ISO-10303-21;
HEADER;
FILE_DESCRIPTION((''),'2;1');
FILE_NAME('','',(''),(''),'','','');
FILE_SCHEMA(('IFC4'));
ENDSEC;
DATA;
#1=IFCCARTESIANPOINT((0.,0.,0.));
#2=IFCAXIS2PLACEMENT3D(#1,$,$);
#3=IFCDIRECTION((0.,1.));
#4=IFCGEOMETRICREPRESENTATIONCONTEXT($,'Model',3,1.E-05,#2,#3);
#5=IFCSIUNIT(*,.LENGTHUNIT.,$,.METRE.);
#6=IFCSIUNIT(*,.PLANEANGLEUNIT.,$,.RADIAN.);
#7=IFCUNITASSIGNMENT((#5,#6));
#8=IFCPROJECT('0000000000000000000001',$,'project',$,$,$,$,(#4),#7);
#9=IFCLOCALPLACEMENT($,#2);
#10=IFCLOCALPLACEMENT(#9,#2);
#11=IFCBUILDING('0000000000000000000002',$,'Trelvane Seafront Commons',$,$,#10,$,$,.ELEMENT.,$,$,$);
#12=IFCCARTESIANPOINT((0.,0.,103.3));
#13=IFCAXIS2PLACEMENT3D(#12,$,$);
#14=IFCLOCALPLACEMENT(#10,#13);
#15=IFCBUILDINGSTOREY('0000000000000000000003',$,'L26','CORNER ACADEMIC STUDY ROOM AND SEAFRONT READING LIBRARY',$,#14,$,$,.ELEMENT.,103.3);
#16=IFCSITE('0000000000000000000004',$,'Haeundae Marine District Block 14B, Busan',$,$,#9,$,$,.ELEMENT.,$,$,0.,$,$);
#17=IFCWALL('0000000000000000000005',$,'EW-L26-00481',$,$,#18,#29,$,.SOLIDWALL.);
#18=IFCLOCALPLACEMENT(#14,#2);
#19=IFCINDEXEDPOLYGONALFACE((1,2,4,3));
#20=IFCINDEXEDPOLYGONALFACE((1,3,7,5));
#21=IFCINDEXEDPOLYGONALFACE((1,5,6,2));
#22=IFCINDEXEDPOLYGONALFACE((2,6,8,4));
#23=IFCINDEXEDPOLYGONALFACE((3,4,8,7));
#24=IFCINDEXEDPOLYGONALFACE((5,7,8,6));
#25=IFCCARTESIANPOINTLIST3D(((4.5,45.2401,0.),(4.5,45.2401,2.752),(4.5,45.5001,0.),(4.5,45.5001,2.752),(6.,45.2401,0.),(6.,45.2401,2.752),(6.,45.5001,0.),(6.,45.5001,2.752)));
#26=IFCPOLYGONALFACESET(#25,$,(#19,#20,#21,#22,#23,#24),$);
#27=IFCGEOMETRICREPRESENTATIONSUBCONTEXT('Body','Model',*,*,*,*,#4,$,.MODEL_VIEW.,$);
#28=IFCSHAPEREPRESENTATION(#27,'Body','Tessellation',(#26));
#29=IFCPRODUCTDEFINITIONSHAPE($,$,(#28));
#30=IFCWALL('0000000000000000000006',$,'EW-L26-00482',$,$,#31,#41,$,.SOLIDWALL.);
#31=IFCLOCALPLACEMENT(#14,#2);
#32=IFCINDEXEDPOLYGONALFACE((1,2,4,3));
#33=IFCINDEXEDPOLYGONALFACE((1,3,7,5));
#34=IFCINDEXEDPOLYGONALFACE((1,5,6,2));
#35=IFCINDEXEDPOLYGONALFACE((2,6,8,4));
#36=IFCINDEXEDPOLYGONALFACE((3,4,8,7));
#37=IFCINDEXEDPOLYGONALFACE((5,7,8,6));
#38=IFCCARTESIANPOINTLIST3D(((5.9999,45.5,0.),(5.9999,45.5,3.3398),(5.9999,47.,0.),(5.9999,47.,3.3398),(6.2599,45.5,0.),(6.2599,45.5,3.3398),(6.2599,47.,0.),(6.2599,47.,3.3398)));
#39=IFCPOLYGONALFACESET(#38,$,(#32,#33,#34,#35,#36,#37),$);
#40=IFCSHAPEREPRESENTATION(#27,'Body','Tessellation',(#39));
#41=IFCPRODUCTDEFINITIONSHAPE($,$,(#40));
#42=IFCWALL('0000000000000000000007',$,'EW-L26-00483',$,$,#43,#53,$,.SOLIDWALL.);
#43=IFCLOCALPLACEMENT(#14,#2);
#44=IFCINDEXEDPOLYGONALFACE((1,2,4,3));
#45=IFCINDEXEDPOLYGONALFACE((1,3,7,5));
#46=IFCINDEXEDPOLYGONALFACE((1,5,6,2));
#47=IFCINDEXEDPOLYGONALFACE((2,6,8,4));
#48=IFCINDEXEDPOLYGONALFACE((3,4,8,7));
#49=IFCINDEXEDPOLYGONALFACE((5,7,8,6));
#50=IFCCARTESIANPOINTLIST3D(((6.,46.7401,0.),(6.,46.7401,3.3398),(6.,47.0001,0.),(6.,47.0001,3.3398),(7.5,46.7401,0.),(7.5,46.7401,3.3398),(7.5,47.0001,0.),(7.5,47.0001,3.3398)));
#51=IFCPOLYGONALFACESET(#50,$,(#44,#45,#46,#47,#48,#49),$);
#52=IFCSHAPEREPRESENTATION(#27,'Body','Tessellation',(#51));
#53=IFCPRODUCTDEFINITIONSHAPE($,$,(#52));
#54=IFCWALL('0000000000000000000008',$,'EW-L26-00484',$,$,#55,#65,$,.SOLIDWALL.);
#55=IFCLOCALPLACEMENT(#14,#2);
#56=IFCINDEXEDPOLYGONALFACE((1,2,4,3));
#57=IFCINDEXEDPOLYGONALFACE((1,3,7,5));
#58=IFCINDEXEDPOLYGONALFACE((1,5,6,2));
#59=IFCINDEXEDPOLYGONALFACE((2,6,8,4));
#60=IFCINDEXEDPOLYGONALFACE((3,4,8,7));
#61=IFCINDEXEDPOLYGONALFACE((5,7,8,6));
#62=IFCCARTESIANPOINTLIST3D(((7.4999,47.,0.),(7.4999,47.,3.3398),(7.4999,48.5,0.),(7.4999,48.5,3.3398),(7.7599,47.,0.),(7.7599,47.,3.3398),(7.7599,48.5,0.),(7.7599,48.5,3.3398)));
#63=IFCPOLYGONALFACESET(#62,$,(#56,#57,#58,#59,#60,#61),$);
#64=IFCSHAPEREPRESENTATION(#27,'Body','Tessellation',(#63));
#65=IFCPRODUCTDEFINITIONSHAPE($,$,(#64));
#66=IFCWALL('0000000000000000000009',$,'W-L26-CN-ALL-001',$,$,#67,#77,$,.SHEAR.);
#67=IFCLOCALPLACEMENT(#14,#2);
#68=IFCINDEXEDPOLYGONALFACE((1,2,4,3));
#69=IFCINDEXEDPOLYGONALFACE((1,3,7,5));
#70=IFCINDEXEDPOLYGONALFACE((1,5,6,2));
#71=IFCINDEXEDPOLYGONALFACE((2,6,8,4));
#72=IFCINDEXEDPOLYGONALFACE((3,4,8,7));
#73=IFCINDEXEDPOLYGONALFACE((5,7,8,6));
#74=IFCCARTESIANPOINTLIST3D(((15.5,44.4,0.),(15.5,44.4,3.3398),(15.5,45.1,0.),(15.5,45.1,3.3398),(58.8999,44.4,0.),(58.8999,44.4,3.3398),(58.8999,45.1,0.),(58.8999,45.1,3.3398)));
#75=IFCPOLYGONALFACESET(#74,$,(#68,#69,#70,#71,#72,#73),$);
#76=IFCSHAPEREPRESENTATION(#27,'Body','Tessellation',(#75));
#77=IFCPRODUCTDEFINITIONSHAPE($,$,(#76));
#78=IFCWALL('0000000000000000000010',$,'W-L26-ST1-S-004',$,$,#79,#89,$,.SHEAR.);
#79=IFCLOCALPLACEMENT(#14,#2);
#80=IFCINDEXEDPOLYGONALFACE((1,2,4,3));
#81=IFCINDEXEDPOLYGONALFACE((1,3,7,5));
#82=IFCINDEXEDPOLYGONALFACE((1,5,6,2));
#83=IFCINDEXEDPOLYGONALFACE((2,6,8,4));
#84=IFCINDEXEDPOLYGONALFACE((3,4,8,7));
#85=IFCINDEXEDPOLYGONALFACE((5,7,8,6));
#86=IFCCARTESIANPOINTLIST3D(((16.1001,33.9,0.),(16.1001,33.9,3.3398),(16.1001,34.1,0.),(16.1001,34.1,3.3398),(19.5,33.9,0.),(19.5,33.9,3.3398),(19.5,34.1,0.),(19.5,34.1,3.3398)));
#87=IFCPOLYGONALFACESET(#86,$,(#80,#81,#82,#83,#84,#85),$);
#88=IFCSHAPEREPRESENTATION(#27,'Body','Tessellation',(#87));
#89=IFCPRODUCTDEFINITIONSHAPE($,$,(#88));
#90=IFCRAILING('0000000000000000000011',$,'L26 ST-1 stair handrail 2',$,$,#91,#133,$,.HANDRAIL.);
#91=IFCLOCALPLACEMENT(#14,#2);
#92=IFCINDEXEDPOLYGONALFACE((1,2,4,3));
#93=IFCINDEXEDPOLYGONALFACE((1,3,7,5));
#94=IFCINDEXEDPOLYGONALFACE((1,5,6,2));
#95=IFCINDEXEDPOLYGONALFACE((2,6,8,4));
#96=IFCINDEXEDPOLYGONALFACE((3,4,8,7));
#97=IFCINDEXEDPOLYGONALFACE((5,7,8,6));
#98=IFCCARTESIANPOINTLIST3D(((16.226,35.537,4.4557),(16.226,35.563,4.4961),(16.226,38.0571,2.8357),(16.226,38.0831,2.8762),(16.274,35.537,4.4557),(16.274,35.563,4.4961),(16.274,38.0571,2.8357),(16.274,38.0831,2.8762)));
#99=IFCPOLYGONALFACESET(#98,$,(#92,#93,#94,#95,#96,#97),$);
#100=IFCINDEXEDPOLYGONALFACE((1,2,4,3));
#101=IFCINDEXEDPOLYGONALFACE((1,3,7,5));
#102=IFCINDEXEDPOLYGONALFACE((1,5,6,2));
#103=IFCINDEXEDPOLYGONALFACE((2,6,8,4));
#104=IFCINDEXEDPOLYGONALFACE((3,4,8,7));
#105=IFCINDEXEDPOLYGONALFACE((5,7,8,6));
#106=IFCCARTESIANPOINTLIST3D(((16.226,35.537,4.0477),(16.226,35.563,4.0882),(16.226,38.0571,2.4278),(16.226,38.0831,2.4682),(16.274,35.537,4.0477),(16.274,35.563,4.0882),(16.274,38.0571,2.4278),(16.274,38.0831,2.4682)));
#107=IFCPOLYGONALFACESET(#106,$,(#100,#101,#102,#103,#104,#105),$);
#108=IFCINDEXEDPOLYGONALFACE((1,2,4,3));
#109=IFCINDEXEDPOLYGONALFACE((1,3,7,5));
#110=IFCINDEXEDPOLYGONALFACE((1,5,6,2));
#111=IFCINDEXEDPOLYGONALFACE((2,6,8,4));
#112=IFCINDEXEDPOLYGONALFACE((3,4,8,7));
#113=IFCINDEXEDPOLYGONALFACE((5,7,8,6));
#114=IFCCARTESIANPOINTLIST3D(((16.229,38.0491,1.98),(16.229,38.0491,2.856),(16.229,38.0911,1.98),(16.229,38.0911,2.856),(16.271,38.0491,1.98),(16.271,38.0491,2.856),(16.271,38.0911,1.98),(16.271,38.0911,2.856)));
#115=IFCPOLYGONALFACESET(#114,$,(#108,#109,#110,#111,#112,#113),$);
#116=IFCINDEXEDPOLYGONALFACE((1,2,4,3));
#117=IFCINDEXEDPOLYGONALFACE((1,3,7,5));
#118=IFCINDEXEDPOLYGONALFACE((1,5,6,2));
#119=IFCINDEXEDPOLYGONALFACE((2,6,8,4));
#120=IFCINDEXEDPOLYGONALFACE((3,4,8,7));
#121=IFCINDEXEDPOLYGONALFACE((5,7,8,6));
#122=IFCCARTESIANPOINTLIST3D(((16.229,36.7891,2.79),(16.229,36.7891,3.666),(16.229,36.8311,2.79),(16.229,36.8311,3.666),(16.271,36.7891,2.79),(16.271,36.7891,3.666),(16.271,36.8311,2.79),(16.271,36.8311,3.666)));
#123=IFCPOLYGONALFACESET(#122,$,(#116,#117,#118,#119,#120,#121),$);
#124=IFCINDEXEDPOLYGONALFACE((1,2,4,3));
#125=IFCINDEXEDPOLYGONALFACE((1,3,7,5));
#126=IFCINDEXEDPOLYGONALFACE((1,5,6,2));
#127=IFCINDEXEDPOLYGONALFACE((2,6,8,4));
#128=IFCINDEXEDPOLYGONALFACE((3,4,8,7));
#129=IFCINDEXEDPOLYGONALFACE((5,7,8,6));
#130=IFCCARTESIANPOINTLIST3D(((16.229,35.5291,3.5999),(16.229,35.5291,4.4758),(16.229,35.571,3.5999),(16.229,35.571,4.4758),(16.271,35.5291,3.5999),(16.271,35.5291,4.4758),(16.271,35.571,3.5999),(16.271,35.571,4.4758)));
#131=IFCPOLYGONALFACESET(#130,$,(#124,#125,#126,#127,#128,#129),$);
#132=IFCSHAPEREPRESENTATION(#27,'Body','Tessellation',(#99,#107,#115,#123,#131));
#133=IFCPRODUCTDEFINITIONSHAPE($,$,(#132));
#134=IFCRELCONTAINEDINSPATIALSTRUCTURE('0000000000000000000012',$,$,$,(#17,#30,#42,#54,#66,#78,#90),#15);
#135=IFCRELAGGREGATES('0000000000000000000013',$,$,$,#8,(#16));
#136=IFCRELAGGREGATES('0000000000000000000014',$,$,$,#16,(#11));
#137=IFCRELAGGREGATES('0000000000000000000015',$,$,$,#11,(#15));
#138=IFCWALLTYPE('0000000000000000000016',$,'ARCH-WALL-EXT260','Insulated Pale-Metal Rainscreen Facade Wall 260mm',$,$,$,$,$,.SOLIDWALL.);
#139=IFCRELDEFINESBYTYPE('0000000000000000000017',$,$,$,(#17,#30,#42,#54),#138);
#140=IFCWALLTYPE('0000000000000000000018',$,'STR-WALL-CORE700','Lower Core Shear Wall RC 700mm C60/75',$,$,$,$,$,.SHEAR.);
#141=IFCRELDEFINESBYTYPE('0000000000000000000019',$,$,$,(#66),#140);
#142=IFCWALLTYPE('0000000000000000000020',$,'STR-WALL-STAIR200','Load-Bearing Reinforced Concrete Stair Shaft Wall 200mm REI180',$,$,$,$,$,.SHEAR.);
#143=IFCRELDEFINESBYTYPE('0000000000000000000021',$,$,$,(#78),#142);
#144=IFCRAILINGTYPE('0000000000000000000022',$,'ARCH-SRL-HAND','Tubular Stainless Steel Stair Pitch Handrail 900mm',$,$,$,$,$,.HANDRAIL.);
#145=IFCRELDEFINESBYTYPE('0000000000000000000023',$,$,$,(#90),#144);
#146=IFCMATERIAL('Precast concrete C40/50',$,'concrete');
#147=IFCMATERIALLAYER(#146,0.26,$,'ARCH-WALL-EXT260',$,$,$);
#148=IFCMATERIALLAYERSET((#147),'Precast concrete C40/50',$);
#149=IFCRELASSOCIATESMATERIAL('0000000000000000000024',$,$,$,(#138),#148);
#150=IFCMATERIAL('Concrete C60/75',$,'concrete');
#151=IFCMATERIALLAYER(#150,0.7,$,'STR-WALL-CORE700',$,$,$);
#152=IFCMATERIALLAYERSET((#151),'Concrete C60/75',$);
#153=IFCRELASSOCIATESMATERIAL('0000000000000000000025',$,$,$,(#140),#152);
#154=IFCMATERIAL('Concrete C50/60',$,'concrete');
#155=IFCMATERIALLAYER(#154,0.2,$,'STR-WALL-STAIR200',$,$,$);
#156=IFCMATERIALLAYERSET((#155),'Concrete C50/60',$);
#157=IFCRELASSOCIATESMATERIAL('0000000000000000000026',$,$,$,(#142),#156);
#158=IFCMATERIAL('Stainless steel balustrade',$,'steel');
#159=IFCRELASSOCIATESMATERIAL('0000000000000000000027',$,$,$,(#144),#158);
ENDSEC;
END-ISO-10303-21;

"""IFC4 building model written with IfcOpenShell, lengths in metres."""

from ifc_helpers import new_model, si_unit, direction, frame, frame_2d, origin, origin_2d, place, context, subcontext, project, spatial, rectangle, extrude, material, layer, layer_set, type_object, element, save


model = new_model("IFC4")

# Units and contexts
model_context = context("Model", 3, precision=1e-05, world=origin(), true_north=direction((0.0, 1.0)))
body_context = subcontext(model_context, "Body", "Model", "MODEL_VIEW")
ifc_project = project(units=[si_unit("LENGTHUNIT", "METRE"), si_unit("PLANEANGLEUNIT", "RADIAN")], contexts=[model_context])

# Site, building, storey
site_placement = place(None, origin())
site = spatial("IfcSite", under=ifc_project, at=site_placement, Name="Haeundae Marine District Block 14B, Busan", CompositionType="ELEMENT", RefElevation=0.0)
building_placement = place(site_placement, origin())
building = spatial("IfcBuilding", under=site, at=building_placement, Name="Trelvane Seafront Commons", CompositionType="ELEMENT")
storey_placement = place(building_placement, frame((0.0, 0.0, 103.3)))
storey = spatial("IfcBuildingStorey", under=building, at=storey_placement, Name="L26", Description="CORNER ACADEMIC STUDY ROOM AND SEAFRONT READING LIBRARY", CompositionType="ELEMENT", Elevation=103.3)

# Shared definitions
ifc_material_1 = material(Name="Concrete C60/75", Category="concrete")

# Shared definitions
ifc_material_2 = material(Name="Precast concrete C40/50", Category="concrete")
ifc_layer_1 = layer(ifc_material_2, 0.26, Name="ARCH-WALL-EXT260")
ifc_layer_set_1 = layer_set([ifc_layer_1], Name="Precast concrete C40/50")
wall_type_1 = type_object("IfcWallType", Name="ARCH-WALL-EXT260", Description="Insulated Pale-Metal Rainscreen Facade Wall 260mm", PredefinedType="SOLIDWALL", material=ifc_layer_set_1)

# Walls
wall_1_placement = place(storey_placement, frame((4.5, 45.3701, 0.0), z_axis=(0.0, 0.0, 1.0), x_axis=(1.0, 0.0, 0.0)))
element("IfcWall", 1, at=wall_1_placement, inside=storey, type_object=wall_type_1, Name="EW-L26-00481", PredefinedType="SOLIDWALL", context=body_context, shape_type="SweptSolid", body=[
    extrude(rectangle(XDim=1.5, YDim=0.26, at=frame_2d((0.75, 0.0))), origin(), (0.0, 0.0, 1.0), 2.752),
])
for number, where, z_axis, x_axis, name in (
    (2, (6.1299, 45.5, 0.0), (0.0, 0.0, 1.0), (0.0, 1.0, 0.0), "EW-L26-00482"),
    (3, (6.0, 46.8701, 0.0), (0.0, 0.0, 1.0), (1.0, 0.0, 0.0), "EW-L26-00483"),
    (4, (7.6299, 47.0, 0.0), (0.0, 0.0, 1.0), (0.0, 1.0, 0.0), "EW-L26-00484"),
):
    element("IfcWall", number, at=place(storey_placement, frame(where, z_axis=z_axis, x_axis=x_axis)), inside=storey, type_object=wall_type_1, Name=name, PredefinedType="SOLIDWALL", context=body_context, shape_type="SweptSolid", body=[
        extrude(rectangle(XDim=1.5, YDim=0.26, at=frame_2d((0.75, 0.0))), origin(), (0.0, 0.0, 1.0), 3.3398),
    ])

# Walls
ifc_layer_2 = layer(ifc_material_1, 0.7, Name="STR-WALL-CORE700")
ifc_layer_set_2 = layer_set([ifc_layer_2], Name="Concrete C60/75")
wall_type_2 = type_object("IfcWallType", Name="STR-WALL-CORE700", Description="Lower Core Shear Wall RC 700mm C60/75", PredefinedType="SHEAR", material=ifc_layer_set_2)
wall_2_placement = place(storey_placement, frame((15.5, 44.75, 0.0), z_axis=(0.0, 0.0, 1.0), x_axis=(1.0, 0.0, 0.0)))
element("IfcWall", 5, at=wall_2_placement, inside=storey, type_object=wall_type_2, Name="W-L26-CN-ALL-001", PredefinedType="SHEAR", context=body_context, shape_type="SweptSolid", body=[
    extrude(rectangle(XDim=43.3999, YDim=0.7, at=frame_2d((21.7, 0.0))), origin(), (0.0, 0.0, 1.0), 3.3398),
])
ifc_material_3 = material(Name="Concrete C50/60", Category="concrete")
ifc_layer_3 = layer(ifc_material_3, 0.2, Name="STR-WALL-STAIR200")
ifc_layer_set_3 = layer_set([ifc_layer_3], Name="Concrete C50/60")
wall_type_3 = type_object("IfcWallType", Name="STR-WALL-STAIR200", Description="Load-Bearing Reinforced Concrete Stair Shaft Wall 200mm REI180", PredefinedType="SHEAR", material=ifc_layer_set_3)
wall_3_placement = place(storey_placement, frame((16.1001, 34.0, 0.0), z_axis=(0.0, 0.0, 1.0), x_axis=(1.0, 0.0, 0.0)))
element("IfcWall", 6, at=wall_3_placement, inside=storey, type_object=wall_type_3, Name="W-L26-ST1-S-004", PredefinedType="SHEAR", context=body_context, shape_type="SweptSolid", body=[
    extrude(rectangle(XDim=3.3999, YDim=0.2, at=frame_2d((1.7, 0.0))), origin(), (0.0, 0.0, 1.0), 3.3398),
])

# Railing
ifc_material_4 = material(Name="Stainless steel balustrade", Category="steel")
railing_type = type_object("IfcRailingType", Name="ARCH-SRL-HAND", Description="Tubular Stainless Steel Stair Pitch Handrail 900mm", PredefinedType="HANDRAIL", material=ifc_material_4)
railing_placement = place(storey_placement, frame((16.25, 38.0701, 1.98)))
element("IfcRailing", 7, at=railing_placement, inside=storey, type_object=railing_type, Name="L26 ST-1 stair handrail 2", PredefinedType="HANDRAIL", context=body_context, shape_type="SweptSolid", body=[
    extrude(rectangle(XDim=0.0481, YDim=0.0481, at=origin_2d()), frame((0.0, 0.0, 0.876), z_axis=(0.0, -0.8412, 0.540725), x_axis=(1.0, 0.0, 0.0)), (0.0, 0.0, 1.0), 2.9958),
    extrude(rectangle(XDim=0.0481, YDim=0.0481, at=origin_2d()), frame((0.0, 0.0, 0.468), z_axis=(0.0, -0.8412, 0.540725), x_axis=(1.0, 0.0, 0.0)), (0.0, 0.0, 1.0), 2.9958),
    extrude(rectangle(XDim=0.042, YDim=0.042, at=origin_2d()), origin(), (0.0, 0.0, 1.0), 0.876),
    extrude(rectangle(XDim=0.042, YDim=0.042, at=origin_2d()), frame((0.0, -1.26, 0.8101)), (0.0, 0.0, 1.0), 0.876),
    extrude(rectangle(XDim=0.042, YDim=0.042, at=origin_2d()), frame((0.0, -2.52, 1.6199)), (0.0, 0.0, 1.0), 0.876),
])

save(model, "model.ifc")
